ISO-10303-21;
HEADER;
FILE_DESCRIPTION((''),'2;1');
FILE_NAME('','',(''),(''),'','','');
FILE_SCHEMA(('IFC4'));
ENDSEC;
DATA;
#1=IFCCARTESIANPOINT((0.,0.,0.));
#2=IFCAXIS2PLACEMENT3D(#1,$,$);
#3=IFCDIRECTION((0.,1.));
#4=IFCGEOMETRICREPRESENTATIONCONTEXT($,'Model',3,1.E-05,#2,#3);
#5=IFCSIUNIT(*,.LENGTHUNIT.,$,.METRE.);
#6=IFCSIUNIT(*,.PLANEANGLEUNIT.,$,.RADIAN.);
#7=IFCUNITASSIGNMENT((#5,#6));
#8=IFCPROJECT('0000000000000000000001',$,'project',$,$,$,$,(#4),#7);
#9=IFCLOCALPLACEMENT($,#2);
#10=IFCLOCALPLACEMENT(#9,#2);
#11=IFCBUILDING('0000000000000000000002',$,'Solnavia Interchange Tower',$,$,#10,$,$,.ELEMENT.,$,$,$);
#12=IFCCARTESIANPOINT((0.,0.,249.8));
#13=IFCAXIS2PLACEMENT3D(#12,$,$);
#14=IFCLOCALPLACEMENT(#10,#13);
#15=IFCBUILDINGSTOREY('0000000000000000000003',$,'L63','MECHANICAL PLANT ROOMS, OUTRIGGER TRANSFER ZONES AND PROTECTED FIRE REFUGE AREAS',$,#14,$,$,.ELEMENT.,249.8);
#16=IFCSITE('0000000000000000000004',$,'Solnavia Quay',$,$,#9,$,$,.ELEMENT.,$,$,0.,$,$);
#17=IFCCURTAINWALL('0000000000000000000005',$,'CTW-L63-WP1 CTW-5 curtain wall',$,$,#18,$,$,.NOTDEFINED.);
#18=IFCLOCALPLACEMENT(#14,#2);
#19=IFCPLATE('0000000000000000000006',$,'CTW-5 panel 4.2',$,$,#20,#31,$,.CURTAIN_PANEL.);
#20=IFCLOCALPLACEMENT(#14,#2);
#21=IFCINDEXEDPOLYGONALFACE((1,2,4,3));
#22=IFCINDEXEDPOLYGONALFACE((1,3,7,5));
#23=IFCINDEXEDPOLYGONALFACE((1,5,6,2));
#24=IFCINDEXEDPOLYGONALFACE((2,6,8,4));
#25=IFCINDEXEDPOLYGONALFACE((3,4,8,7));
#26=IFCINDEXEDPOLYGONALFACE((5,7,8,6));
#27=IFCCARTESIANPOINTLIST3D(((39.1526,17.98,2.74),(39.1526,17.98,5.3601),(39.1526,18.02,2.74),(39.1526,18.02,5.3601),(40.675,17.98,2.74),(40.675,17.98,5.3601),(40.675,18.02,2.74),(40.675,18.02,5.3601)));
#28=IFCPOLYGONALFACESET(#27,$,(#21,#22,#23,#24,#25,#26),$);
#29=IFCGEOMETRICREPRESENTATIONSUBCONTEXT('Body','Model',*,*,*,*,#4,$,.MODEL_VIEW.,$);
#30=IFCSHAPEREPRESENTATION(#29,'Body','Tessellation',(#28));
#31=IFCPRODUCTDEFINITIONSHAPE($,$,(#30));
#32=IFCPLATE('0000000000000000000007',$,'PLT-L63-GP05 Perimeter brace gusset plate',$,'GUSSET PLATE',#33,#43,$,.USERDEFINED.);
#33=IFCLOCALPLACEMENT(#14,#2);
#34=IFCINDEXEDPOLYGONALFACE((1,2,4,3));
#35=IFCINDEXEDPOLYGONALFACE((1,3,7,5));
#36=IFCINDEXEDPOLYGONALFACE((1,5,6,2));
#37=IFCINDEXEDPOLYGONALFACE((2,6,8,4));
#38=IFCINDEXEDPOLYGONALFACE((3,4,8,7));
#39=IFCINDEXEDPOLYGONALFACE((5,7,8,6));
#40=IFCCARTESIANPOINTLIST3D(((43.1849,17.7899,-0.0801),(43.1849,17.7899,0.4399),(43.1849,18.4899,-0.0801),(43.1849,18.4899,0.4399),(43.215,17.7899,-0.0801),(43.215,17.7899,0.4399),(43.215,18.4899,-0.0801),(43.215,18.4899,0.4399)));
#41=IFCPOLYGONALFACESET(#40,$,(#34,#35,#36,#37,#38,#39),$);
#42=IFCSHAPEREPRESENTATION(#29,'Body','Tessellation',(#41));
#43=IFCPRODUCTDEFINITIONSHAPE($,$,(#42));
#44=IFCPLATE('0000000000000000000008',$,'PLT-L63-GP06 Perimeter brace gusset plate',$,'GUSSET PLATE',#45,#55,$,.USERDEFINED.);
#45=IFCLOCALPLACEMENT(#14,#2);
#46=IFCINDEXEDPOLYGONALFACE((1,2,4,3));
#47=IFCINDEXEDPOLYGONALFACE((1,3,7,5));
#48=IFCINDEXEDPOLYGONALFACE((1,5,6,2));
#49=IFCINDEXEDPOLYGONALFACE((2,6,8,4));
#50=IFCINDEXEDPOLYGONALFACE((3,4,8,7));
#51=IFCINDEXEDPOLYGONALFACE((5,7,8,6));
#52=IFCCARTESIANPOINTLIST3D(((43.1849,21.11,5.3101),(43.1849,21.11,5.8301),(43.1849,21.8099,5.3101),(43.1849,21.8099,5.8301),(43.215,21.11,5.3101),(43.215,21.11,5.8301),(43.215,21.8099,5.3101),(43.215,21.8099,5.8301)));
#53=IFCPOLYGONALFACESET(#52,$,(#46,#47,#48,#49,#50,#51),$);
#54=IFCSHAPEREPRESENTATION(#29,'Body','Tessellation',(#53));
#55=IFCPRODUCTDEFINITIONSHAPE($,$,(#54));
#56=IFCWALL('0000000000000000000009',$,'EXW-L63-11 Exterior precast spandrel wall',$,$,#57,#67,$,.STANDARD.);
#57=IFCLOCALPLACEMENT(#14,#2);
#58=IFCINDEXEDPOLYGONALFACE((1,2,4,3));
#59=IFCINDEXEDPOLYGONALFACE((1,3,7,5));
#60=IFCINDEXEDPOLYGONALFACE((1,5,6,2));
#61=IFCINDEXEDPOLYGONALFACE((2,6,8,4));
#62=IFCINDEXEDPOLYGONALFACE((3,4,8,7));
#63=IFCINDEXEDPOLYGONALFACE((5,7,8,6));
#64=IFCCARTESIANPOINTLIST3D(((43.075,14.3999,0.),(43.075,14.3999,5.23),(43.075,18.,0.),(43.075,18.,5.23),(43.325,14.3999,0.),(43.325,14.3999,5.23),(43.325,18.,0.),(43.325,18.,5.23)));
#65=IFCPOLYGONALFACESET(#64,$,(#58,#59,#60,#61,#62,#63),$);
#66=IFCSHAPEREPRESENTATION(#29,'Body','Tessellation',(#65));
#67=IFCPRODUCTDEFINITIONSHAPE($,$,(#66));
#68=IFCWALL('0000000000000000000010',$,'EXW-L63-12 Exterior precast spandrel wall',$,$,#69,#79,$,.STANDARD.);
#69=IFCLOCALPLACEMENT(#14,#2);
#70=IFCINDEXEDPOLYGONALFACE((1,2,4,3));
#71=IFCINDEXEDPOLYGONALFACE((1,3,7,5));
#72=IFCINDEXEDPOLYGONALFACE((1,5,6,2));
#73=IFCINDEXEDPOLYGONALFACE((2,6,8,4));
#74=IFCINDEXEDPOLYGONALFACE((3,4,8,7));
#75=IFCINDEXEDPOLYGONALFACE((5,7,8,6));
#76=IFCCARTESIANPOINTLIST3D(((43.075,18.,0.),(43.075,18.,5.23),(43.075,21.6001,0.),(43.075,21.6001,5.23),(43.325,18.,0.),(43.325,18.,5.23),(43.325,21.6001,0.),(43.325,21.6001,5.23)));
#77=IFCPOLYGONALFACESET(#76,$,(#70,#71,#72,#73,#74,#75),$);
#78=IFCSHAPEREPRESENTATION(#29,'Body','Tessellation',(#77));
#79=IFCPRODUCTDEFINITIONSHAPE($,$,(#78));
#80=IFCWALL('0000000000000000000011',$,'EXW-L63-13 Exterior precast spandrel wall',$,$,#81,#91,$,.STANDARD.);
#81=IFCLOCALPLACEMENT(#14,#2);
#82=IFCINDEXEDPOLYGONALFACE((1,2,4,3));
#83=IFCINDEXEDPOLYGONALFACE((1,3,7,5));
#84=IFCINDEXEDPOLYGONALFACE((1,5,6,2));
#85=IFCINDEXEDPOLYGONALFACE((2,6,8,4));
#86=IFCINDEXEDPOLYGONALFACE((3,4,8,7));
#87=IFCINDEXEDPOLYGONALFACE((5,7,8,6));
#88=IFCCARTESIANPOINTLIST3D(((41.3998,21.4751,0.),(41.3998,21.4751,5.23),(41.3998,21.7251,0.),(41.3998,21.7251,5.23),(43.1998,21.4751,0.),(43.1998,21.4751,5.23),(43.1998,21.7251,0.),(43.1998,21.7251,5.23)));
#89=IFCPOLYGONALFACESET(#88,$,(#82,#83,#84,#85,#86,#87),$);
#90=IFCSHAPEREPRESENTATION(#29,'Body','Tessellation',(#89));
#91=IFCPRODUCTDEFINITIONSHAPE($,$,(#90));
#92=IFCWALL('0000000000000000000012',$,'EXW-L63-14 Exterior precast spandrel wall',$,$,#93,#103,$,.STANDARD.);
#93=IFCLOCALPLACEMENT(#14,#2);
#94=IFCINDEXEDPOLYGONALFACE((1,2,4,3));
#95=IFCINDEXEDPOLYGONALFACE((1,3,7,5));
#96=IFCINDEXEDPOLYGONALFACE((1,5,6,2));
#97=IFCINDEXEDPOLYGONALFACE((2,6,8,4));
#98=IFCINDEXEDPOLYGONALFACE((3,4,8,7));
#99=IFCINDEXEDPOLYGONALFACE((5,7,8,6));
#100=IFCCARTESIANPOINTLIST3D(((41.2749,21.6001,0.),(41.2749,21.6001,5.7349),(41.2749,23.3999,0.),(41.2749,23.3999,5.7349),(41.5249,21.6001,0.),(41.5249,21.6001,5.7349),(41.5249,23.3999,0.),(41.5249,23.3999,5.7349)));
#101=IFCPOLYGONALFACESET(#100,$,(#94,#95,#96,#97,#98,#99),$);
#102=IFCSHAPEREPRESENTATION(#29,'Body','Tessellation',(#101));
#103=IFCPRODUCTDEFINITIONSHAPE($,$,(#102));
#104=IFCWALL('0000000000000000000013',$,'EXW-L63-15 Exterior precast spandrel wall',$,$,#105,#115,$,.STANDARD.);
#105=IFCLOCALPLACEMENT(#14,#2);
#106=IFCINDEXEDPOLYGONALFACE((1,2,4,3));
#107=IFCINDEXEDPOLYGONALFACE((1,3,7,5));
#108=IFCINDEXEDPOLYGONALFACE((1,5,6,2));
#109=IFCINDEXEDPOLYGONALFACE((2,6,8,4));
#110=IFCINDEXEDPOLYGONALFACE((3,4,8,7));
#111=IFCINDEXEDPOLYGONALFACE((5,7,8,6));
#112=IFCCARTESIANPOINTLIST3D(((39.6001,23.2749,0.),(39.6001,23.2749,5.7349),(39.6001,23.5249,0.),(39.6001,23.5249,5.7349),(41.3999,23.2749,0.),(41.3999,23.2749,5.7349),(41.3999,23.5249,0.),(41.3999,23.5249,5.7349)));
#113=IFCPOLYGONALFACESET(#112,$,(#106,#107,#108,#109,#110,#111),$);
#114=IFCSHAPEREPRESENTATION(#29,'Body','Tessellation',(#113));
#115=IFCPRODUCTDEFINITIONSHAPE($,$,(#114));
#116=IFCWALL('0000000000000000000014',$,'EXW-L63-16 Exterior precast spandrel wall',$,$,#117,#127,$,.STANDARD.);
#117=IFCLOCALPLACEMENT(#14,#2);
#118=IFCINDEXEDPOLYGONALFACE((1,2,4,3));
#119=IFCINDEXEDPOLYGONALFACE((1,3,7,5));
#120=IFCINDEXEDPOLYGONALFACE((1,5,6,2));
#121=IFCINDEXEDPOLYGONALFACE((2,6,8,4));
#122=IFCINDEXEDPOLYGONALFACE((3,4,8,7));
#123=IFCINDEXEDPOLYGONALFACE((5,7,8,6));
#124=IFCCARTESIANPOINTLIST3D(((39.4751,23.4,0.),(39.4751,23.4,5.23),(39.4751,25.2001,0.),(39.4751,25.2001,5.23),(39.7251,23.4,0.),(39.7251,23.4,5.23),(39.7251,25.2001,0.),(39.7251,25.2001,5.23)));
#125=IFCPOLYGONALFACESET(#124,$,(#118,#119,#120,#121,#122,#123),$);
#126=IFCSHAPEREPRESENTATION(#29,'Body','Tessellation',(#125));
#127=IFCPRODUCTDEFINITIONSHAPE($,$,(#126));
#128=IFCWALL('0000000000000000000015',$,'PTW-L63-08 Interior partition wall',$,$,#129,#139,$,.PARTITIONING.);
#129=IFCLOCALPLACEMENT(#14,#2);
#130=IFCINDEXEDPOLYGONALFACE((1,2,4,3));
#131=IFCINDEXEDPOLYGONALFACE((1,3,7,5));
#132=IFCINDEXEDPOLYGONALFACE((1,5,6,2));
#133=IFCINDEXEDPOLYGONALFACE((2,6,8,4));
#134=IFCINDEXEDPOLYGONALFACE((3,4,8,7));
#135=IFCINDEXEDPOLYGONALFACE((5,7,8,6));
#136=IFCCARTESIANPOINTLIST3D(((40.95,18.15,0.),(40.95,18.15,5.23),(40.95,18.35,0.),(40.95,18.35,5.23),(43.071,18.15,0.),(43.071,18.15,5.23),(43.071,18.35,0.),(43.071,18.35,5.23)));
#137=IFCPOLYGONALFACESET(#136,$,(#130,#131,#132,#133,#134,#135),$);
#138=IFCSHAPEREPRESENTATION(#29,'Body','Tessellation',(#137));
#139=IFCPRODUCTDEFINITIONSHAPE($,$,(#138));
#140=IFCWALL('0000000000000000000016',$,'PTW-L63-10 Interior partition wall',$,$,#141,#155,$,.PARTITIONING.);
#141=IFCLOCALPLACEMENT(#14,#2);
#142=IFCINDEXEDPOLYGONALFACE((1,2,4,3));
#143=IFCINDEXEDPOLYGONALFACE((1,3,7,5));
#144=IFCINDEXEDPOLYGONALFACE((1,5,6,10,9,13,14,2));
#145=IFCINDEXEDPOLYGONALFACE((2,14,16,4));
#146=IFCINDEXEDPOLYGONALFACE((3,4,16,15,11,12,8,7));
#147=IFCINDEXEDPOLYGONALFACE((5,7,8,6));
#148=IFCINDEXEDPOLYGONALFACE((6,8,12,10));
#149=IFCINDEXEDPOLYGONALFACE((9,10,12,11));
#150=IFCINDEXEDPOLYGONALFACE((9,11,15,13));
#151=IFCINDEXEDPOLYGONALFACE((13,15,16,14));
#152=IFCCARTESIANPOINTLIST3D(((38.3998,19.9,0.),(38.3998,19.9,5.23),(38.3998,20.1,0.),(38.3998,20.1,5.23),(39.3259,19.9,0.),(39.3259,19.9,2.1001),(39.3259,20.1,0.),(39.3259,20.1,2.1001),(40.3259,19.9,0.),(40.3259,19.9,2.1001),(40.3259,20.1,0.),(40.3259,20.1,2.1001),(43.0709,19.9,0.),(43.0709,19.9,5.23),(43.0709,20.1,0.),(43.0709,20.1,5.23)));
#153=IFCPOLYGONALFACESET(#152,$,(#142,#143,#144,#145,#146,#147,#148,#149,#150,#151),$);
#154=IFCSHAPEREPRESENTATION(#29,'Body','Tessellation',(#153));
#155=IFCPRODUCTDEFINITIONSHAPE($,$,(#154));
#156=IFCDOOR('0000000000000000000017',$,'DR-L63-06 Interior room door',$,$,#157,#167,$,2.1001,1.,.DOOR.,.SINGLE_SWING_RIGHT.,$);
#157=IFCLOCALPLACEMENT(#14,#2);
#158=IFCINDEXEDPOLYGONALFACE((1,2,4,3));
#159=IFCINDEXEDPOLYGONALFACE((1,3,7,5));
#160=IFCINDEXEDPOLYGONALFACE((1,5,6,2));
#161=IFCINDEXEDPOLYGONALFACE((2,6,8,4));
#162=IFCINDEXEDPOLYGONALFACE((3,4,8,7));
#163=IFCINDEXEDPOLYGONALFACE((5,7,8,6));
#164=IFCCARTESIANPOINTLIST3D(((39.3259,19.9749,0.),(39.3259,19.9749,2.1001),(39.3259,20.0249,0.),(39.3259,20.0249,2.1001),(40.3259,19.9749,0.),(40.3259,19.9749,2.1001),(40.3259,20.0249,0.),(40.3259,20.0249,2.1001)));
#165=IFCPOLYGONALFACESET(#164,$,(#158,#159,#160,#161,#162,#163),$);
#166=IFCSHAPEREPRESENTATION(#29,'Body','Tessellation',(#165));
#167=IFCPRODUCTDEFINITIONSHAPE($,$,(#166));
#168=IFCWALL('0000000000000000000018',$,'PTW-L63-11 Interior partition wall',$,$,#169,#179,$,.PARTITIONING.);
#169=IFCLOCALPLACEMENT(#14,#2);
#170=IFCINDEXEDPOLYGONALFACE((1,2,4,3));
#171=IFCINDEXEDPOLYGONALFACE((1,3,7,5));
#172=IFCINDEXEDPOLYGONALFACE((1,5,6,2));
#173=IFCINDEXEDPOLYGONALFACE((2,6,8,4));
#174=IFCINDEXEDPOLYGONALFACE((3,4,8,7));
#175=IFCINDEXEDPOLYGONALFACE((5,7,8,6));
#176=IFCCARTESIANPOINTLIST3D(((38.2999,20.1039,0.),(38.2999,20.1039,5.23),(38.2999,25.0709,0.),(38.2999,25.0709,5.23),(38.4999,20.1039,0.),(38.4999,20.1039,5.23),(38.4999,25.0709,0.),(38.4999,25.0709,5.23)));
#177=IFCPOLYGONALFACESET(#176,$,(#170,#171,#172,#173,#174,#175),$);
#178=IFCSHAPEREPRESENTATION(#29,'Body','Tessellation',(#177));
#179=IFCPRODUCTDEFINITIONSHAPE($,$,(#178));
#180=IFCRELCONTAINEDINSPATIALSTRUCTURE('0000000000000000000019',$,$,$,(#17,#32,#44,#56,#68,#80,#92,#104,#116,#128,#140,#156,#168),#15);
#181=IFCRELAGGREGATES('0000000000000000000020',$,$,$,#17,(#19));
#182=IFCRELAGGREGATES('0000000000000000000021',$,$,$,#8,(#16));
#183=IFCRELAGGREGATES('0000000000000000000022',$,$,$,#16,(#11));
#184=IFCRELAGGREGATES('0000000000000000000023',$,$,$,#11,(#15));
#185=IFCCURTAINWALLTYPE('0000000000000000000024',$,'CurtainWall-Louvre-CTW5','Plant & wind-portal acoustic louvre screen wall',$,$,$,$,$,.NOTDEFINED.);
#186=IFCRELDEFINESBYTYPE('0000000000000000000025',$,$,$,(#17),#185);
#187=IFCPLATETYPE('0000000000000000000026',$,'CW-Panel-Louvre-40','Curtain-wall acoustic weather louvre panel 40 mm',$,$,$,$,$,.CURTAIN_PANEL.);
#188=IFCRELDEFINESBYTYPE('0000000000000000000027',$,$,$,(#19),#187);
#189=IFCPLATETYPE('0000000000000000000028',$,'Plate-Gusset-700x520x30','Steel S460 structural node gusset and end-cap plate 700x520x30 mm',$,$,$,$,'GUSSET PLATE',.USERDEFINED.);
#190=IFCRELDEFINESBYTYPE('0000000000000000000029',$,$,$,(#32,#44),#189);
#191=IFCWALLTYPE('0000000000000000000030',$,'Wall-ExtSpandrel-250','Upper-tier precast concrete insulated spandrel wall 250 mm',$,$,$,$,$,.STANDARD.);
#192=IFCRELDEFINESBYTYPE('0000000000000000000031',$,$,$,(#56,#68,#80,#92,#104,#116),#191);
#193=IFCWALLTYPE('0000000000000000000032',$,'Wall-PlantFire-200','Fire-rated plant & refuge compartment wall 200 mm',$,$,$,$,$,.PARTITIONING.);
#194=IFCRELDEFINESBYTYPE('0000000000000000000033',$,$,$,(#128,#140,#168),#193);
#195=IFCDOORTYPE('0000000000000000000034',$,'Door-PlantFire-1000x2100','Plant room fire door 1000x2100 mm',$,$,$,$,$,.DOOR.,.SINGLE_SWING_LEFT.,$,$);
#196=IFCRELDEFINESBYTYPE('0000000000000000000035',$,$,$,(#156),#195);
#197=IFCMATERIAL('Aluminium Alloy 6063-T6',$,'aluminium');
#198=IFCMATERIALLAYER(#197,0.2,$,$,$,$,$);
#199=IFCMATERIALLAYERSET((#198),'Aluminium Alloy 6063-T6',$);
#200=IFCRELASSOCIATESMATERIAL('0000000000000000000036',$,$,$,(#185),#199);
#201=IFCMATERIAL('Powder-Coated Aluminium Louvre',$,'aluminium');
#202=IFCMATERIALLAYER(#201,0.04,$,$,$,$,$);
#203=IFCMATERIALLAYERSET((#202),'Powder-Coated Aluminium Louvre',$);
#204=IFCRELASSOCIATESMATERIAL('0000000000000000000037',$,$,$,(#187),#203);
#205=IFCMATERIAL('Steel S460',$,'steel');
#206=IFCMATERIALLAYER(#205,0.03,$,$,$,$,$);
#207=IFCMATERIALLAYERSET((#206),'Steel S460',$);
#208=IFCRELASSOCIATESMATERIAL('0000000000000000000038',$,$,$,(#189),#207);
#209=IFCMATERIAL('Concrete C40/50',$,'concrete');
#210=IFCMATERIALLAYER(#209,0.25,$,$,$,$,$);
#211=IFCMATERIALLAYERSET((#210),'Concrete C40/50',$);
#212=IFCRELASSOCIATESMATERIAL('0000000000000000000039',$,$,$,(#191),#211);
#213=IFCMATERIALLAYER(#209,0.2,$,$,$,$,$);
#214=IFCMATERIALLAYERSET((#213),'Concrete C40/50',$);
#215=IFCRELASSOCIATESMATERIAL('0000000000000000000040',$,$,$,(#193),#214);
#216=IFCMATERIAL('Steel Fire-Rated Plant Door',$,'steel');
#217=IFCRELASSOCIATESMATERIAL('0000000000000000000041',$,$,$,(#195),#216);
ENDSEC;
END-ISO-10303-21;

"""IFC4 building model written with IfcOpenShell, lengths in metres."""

from ifc_helpers import new_model, si_unit, direction, frame, frame_2d, origin, origin_2d, place, context, subcontext, project, spatial, rectangle, extrude, material, layer, layer_set, type_object, element, fill, aggregate, save


model = new_model("IFC4")

# Units and contexts
model_context = context("Model", 3, precision=1e-05, world=origin(), true_north=direction((0.0, 1.0)))
body_context = subcontext(model_context, "Body", "Model", "MODEL_VIEW")
ifc_project = project(units=[si_unit("LENGTHUNIT", "METRE"), si_unit("PLANEANGLEUNIT", "RADIAN")], contexts=[model_context])

# Site, building, storey
site_placement = place(None, origin())
site = spatial("IfcSite", under=ifc_project, at=site_placement, Name="Solnavia Quay", CompositionType="ELEMENT", RefElevation=0.0)
building_placement = place(site_placement, origin())
building = spatial("IfcBuilding", under=site, at=building_placement, Name="Solnavia Interchange Tower", CompositionType="ELEMENT")
storey_placement = place(building_placement, frame((0.0, 0.0, 249.8)))
storey = spatial("IfcBuildingStorey", under=building, at=storey_placement, Name="L63", Description="MECHANICAL PLANT ROOMS, OUTRIGGER TRANSFER ZONES AND PROTECTED FIRE REFUGE AREAS", CompositionType="ELEMENT", Elevation=249.8)

# Shared definitions
ifc_material_1 = material(Name="Steel S460", Category="steel")

# Curtain wall, plate
ifc_material_2 = material(Name="Aluminium Alloy 6063-T6", Category="aluminium")
ifc_layer_1 = layer(ifc_material_2, 0.2)
ifc_layer_set_1 = layer_set([ifc_layer_1], Name="Aluminium Alloy 6063-T6")
curtain_wall_type = type_object("IfcCurtainWallType", Name="CurtainWall-Louvre-CTW5", Description="Plant & wind-portal acoustic louvre screen wall", PredefinedType="NOTDEFINED", material=ifc_layer_set_1)
curtain_wall_placement = place(storey_placement, origin())
curtain_wall = element("IfcCurtainWall", 1, at=curtain_wall_placement, inside=storey, type_object=curtain_wall_type, Name="CTW-L63-WP1 CTW-5 curtain wall", PredefinedType="NOTDEFINED")
ifc_material_3 = material(Name="Powder-Coated Aluminium Louvre", Category="aluminium")
ifc_layer_2 = layer(ifc_material_3, 0.04)
ifc_layer_set_2 = layer_set([ifc_layer_2], Name="Powder-Coated Aluminium Louvre")
plate_type_1 = type_object("IfcPlateType", Name="CW-Panel-Louvre-40", Description="Curtain-wall acoustic weather louvre panel 40 mm", PredefinedType="CURTAIN_PANEL", material=ifc_layer_set_2)
plate_1_placement = place(storey_placement, frame((39.9138, 18.0, 2.74), z_axis=(0.0, 0.0, 1.0), x_axis=(1.0, 0.0, 0.0)))
plate_1 = element("IfcPlate", 2, at=plate_1_placement, type_object=plate_type_1, Name="CTW-5 panel 4.2", PredefinedType="CURTAIN_PANEL", context=body_context, shape_type="SweptSolid", body=[
    extrude(rectangle(XDim=1.5225, YDim=0.04, at=origin_2d()), origin(), (0.0, 0.0, 1.0), 2.6201),
])
aggregate(curtain_wall, [plate_1])

# Plates
ifc_layer_3 = layer(ifc_material_1, 0.03)
ifc_layer_set_3 = layer_set([ifc_layer_3], Name="Steel S460")
plate_type_2 = type_object("IfcPlateType", Name="Plate-Gusset-700x520x30", Description="Steel S460 structural node gusset and end-cap plate 700x520x30 mm", ElementType="GUSSET PLATE", PredefinedType="USERDEFINED", material=ifc_layer_set_3)
for number, where, z_axis, x_axis, name in (
    (3, (43.2, 18.1399, -0.0801), (0.0, 0.0, 1.0), (0.0, 1.0, 0.0), "PLT-L63-GP05 Perimeter brace gusset plate"),
    (4, (43.2, 21.46, 5.3101), (0.0, 0.0, 1.0), (0.0, 1.0, 0.0), "PLT-L63-GP06 Perimeter brace gusset plate"),
):
    element("IfcPlate", number, at=place(storey_placement, frame(where, z_axis=z_axis, x_axis=x_axis)), inside=storey, type_object=plate_type_2, Name=name, ObjectType="GUSSET PLATE", PredefinedType="USERDEFINED", context=body_context, shape_type="SweptSolid", body=[
        extrude(rectangle(XDim=0.7, YDim=0.03, at=origin_2d()), origin(), (0.0, 0.0, 1.0), 0.52),
    ])

# Walls
ifc_material_4 = material(Name="Concrete C40/50", Category="concrete")
ifc_layer_4 = layer(ifc_material_4, 0.25)
ifc_layer_set_4 = layer_set([ifc_layer_4], Name="Concrete C40/50")
wall_type_1 = type_object("IfcWallType", Name="Wall-ExtSpandrel-250", Description="Upper-tier precast concrete insulated spandrel wall 250 mm", PredefinedType="STANDARD", material=ifc_layer_set_4)
for number, where, z_axis, x_axis, name in (
    (5, (43.2, 18.0, 0.0), (0.0, 0.0, 1.0), (0.0, -1.0, 0.0), "EXW-L63-11 Exterior precast spandrel wall"),
    (6, (43.2, 21.6001, 0.0), (0.0, 0.0, 1.0), (0.0, -1.0, 0.0), "EXW-L63-12 Exterior precast spandrel wall"),
):
    element("IfcWall", number, at=place(storey_placement, frame(where, z_axis=z_axis, x_axis=x_axis)), inside=storey, type_object=wall_type_1, Name=name, PredefinedType="STANDARD", context=body_context, shape_type="SweptSolid", body=[
        extrude(rectangle(XDim=3.6001, YDim=0.25, at=frame_2d((1.8, 0.0))), origin(), (0.0, 0.0, 1.0), 5.23),
    ])
wall_1_placement = place(storey_placement, frame((41.3999, 21.6001, 0.0), z_axis=(0.0, 0.0, 1.0), x_axis=(1.0, 0.0, 0.0)))
element("IfcWall", 7, at=wall_1_placement, inside=storey, type_object=wall_type_1, Name="EXW-L63-13 Exterior precast spandrel wall", PredefinedType="STANDARD", context=body_context, shape_type="SweptSolid", body=[
    extrude(rectangle(XDim=1.8, YDim=0.25, at=frame_2d((0.8999, 0.0))), origin(), (0.0, 0.0, 1.0), 5.23),
])
for number, where, z_axis, x_axis, name in (
    (8, (41.3999, 23.3999, 0.0), (0.0, 0.0, 1.0), (0.0, -1.0, 0.0), "EXW-L63-14 Exterior precast spandrel wall"),
    (9, (39.6001, 23.3999, 0.0), (0.0, 0.0, 1.0), (1.0, 0.0, 0.0), "EXW-L63-15 Exterior precast spandrel wall"),
):
    element("IfcWall", number, at=place(storey_placement, frame(where, z_axis=z_axis, x_axis=x_axis)), inside=storey, type_object=wall_type_1, Name=name, PredefinedType="STANDARD", context=body_context, shape_type="SweptSolid", body=[
        extrude(rectangle(XDim=1.7998, YDim=0.25, at=frame_2d((0.8999, 0.0))), origin(), (0.0, 0.0, 1.0), 5.7349),
    ])
wall_2_placement = place(storey_placement, frame((39.6001, 25.2, 0.0), z_axis=(0.0, 0.0, 1.0), x_axis=(0.0, -1.0, 0.0)))
element("IfcWall", 10, at=wall_2_placement, inside=storey, type_object=wall_type_1, Name="EXW-L63-16 Exterior precast spandrel wall", PredefinedType="STANDARD", context=body_context, shape_type="SweptSolid", body=[
    extrude(rectangle(XDim=1.8, YDim=0.25, at=frame_2d((0.8999, 0.0))), origin(), (0.0, 0.0, 1.0), 5.23),
])
ifc_layer_5 = layer(ifc_material_4, 0.2)
ifc_layer_set_5 = layer_set([ifc_layer_5], Name="Concrete C40/50")
wall_type_2 = type_object("IfcWallType", Name="Wall-PlantFire-200", Description="Fire-rated plant & refuge compartment wall 200 mm", PredefinedType="PARTITIONING", material=ifc_layer_set_5)
wall_3_placement = place(storey_placement, frame((40.95, 18.25, 0.0), z_axis=(0.0, 0.0, 1.0), x_axis=(1.0, 0.0, 0.0)))
element("IfcWall", 11, at=wall_3_placement, inside=storey, type_object=wall_type_2, Name="PTW-L63-08 Interior partition wall", PredefinedType="PARTITIONING", context=body_context, shape_type="SweptSolid", body=[
    extrude(rectangle(XDim=2.1211, YDim=0.2, at=frame_2d((1.0605, 0.0))), origin(), (0.0, 0.0, 1.0), 5.23),
])

# Wall, opening, door
wall_4_placement = place(storey_placement, frame((38.3999, 20.0, 0.0), z_axis=(0.0, 0.0, 1.0), x_axis=(1.0, 0.0, 0.0)))
wall_4 = element("IfcWall", 12, at=wall_4_placement, inside=storey, type_object=wall_type_2, Name="PTW-L63-10 Interior partition wall", PredefinedType="PARTITIONING", context=body_context, shape_type="SweptSolid", body=[
    extrude(rectangle(XDim=4.6711, YDim=0.2, at=frame_2d((2.3354, 0.0))), origin(), (0.0, 0.0, 1.0), 5.23),
])
opening_placement = place(wall_4_placement, frame((0.926, 0.0, 0.0)))
opening = element("IfcOpeningElement", 13, at=opening_placement, cuts=wall_4, PredefinedType="OPENING", context=body_context, shape_type="SweptSolid", body=[
    extrude(rectangle(XDim=1.0, YDim=2.1001, at=frame_2d((0.5, 1.05))), frame((0.0, 0.1099, 0.0), z_axis=(0.0, -1.0, 0.0), x_axis=(1.0, 0.0, 0.0)), (0.0, 0.0, 1.0), 0.22),
])
ifc_material_5 = material(Name="Steel Fire-Rated Plant Door", Category="steel")
door_type = type_object("IfcDoorType", Name="Door-PlantFire-1000x2100", Description="Plant room fire door 1000x2100 mm", OperationType="SINGLE_SWING_LEFT", PredefinedType="DOOR", material=ifc_material_5)
door_placement = place(opening_placement, origin())
door = element("IfcDoor", 14, at=door_placement, inside=storey, type_object=door_type, Name="DR-L63-06 Interior room door", OperationType="SINGLE_SWING_RIGHT", OverallHeight=2.1001, OverallWidth=1.0, PredefinedType="DOOR", context=body_context, shape_type="SweptSolid", body=[
    extrude(rectangle(XDim=1.0, YDim=2.1001, at=frame_2d((0.5, 1.05))), frame((0.0, 0.0249, 0.0), z_axis=(0.0, -1.0, 0.0), x_axis=(1.0, 0.0, 0.0)), (0.0, 0.0, 1.0), 0.05),
])
fill(opening, door)

# Wall
wall_5_placement = place(storey_placement, frame((38.3999, 20.104, 0.0), z_axis=(0.0, 0.0, 1.0), x_axis=(0.0, 1.0, 0.0)))
element("IfcWall", 15, at=wall_5_placement, inside=storey, type_object=wall_type_2, Name="PTW-L63-11 Interior partition wall", PredefinedType="PARTITIONING", context=body_context, shape_type="SweptSolid", body=[
    extrude(rectangle(XDim=4.967, YDim=0.2, at=frame_2d((2.4834, 0.0))), origin(), (0.0, 0.0, 1.0), 5.23),
])

save(model, "model.ifc")
